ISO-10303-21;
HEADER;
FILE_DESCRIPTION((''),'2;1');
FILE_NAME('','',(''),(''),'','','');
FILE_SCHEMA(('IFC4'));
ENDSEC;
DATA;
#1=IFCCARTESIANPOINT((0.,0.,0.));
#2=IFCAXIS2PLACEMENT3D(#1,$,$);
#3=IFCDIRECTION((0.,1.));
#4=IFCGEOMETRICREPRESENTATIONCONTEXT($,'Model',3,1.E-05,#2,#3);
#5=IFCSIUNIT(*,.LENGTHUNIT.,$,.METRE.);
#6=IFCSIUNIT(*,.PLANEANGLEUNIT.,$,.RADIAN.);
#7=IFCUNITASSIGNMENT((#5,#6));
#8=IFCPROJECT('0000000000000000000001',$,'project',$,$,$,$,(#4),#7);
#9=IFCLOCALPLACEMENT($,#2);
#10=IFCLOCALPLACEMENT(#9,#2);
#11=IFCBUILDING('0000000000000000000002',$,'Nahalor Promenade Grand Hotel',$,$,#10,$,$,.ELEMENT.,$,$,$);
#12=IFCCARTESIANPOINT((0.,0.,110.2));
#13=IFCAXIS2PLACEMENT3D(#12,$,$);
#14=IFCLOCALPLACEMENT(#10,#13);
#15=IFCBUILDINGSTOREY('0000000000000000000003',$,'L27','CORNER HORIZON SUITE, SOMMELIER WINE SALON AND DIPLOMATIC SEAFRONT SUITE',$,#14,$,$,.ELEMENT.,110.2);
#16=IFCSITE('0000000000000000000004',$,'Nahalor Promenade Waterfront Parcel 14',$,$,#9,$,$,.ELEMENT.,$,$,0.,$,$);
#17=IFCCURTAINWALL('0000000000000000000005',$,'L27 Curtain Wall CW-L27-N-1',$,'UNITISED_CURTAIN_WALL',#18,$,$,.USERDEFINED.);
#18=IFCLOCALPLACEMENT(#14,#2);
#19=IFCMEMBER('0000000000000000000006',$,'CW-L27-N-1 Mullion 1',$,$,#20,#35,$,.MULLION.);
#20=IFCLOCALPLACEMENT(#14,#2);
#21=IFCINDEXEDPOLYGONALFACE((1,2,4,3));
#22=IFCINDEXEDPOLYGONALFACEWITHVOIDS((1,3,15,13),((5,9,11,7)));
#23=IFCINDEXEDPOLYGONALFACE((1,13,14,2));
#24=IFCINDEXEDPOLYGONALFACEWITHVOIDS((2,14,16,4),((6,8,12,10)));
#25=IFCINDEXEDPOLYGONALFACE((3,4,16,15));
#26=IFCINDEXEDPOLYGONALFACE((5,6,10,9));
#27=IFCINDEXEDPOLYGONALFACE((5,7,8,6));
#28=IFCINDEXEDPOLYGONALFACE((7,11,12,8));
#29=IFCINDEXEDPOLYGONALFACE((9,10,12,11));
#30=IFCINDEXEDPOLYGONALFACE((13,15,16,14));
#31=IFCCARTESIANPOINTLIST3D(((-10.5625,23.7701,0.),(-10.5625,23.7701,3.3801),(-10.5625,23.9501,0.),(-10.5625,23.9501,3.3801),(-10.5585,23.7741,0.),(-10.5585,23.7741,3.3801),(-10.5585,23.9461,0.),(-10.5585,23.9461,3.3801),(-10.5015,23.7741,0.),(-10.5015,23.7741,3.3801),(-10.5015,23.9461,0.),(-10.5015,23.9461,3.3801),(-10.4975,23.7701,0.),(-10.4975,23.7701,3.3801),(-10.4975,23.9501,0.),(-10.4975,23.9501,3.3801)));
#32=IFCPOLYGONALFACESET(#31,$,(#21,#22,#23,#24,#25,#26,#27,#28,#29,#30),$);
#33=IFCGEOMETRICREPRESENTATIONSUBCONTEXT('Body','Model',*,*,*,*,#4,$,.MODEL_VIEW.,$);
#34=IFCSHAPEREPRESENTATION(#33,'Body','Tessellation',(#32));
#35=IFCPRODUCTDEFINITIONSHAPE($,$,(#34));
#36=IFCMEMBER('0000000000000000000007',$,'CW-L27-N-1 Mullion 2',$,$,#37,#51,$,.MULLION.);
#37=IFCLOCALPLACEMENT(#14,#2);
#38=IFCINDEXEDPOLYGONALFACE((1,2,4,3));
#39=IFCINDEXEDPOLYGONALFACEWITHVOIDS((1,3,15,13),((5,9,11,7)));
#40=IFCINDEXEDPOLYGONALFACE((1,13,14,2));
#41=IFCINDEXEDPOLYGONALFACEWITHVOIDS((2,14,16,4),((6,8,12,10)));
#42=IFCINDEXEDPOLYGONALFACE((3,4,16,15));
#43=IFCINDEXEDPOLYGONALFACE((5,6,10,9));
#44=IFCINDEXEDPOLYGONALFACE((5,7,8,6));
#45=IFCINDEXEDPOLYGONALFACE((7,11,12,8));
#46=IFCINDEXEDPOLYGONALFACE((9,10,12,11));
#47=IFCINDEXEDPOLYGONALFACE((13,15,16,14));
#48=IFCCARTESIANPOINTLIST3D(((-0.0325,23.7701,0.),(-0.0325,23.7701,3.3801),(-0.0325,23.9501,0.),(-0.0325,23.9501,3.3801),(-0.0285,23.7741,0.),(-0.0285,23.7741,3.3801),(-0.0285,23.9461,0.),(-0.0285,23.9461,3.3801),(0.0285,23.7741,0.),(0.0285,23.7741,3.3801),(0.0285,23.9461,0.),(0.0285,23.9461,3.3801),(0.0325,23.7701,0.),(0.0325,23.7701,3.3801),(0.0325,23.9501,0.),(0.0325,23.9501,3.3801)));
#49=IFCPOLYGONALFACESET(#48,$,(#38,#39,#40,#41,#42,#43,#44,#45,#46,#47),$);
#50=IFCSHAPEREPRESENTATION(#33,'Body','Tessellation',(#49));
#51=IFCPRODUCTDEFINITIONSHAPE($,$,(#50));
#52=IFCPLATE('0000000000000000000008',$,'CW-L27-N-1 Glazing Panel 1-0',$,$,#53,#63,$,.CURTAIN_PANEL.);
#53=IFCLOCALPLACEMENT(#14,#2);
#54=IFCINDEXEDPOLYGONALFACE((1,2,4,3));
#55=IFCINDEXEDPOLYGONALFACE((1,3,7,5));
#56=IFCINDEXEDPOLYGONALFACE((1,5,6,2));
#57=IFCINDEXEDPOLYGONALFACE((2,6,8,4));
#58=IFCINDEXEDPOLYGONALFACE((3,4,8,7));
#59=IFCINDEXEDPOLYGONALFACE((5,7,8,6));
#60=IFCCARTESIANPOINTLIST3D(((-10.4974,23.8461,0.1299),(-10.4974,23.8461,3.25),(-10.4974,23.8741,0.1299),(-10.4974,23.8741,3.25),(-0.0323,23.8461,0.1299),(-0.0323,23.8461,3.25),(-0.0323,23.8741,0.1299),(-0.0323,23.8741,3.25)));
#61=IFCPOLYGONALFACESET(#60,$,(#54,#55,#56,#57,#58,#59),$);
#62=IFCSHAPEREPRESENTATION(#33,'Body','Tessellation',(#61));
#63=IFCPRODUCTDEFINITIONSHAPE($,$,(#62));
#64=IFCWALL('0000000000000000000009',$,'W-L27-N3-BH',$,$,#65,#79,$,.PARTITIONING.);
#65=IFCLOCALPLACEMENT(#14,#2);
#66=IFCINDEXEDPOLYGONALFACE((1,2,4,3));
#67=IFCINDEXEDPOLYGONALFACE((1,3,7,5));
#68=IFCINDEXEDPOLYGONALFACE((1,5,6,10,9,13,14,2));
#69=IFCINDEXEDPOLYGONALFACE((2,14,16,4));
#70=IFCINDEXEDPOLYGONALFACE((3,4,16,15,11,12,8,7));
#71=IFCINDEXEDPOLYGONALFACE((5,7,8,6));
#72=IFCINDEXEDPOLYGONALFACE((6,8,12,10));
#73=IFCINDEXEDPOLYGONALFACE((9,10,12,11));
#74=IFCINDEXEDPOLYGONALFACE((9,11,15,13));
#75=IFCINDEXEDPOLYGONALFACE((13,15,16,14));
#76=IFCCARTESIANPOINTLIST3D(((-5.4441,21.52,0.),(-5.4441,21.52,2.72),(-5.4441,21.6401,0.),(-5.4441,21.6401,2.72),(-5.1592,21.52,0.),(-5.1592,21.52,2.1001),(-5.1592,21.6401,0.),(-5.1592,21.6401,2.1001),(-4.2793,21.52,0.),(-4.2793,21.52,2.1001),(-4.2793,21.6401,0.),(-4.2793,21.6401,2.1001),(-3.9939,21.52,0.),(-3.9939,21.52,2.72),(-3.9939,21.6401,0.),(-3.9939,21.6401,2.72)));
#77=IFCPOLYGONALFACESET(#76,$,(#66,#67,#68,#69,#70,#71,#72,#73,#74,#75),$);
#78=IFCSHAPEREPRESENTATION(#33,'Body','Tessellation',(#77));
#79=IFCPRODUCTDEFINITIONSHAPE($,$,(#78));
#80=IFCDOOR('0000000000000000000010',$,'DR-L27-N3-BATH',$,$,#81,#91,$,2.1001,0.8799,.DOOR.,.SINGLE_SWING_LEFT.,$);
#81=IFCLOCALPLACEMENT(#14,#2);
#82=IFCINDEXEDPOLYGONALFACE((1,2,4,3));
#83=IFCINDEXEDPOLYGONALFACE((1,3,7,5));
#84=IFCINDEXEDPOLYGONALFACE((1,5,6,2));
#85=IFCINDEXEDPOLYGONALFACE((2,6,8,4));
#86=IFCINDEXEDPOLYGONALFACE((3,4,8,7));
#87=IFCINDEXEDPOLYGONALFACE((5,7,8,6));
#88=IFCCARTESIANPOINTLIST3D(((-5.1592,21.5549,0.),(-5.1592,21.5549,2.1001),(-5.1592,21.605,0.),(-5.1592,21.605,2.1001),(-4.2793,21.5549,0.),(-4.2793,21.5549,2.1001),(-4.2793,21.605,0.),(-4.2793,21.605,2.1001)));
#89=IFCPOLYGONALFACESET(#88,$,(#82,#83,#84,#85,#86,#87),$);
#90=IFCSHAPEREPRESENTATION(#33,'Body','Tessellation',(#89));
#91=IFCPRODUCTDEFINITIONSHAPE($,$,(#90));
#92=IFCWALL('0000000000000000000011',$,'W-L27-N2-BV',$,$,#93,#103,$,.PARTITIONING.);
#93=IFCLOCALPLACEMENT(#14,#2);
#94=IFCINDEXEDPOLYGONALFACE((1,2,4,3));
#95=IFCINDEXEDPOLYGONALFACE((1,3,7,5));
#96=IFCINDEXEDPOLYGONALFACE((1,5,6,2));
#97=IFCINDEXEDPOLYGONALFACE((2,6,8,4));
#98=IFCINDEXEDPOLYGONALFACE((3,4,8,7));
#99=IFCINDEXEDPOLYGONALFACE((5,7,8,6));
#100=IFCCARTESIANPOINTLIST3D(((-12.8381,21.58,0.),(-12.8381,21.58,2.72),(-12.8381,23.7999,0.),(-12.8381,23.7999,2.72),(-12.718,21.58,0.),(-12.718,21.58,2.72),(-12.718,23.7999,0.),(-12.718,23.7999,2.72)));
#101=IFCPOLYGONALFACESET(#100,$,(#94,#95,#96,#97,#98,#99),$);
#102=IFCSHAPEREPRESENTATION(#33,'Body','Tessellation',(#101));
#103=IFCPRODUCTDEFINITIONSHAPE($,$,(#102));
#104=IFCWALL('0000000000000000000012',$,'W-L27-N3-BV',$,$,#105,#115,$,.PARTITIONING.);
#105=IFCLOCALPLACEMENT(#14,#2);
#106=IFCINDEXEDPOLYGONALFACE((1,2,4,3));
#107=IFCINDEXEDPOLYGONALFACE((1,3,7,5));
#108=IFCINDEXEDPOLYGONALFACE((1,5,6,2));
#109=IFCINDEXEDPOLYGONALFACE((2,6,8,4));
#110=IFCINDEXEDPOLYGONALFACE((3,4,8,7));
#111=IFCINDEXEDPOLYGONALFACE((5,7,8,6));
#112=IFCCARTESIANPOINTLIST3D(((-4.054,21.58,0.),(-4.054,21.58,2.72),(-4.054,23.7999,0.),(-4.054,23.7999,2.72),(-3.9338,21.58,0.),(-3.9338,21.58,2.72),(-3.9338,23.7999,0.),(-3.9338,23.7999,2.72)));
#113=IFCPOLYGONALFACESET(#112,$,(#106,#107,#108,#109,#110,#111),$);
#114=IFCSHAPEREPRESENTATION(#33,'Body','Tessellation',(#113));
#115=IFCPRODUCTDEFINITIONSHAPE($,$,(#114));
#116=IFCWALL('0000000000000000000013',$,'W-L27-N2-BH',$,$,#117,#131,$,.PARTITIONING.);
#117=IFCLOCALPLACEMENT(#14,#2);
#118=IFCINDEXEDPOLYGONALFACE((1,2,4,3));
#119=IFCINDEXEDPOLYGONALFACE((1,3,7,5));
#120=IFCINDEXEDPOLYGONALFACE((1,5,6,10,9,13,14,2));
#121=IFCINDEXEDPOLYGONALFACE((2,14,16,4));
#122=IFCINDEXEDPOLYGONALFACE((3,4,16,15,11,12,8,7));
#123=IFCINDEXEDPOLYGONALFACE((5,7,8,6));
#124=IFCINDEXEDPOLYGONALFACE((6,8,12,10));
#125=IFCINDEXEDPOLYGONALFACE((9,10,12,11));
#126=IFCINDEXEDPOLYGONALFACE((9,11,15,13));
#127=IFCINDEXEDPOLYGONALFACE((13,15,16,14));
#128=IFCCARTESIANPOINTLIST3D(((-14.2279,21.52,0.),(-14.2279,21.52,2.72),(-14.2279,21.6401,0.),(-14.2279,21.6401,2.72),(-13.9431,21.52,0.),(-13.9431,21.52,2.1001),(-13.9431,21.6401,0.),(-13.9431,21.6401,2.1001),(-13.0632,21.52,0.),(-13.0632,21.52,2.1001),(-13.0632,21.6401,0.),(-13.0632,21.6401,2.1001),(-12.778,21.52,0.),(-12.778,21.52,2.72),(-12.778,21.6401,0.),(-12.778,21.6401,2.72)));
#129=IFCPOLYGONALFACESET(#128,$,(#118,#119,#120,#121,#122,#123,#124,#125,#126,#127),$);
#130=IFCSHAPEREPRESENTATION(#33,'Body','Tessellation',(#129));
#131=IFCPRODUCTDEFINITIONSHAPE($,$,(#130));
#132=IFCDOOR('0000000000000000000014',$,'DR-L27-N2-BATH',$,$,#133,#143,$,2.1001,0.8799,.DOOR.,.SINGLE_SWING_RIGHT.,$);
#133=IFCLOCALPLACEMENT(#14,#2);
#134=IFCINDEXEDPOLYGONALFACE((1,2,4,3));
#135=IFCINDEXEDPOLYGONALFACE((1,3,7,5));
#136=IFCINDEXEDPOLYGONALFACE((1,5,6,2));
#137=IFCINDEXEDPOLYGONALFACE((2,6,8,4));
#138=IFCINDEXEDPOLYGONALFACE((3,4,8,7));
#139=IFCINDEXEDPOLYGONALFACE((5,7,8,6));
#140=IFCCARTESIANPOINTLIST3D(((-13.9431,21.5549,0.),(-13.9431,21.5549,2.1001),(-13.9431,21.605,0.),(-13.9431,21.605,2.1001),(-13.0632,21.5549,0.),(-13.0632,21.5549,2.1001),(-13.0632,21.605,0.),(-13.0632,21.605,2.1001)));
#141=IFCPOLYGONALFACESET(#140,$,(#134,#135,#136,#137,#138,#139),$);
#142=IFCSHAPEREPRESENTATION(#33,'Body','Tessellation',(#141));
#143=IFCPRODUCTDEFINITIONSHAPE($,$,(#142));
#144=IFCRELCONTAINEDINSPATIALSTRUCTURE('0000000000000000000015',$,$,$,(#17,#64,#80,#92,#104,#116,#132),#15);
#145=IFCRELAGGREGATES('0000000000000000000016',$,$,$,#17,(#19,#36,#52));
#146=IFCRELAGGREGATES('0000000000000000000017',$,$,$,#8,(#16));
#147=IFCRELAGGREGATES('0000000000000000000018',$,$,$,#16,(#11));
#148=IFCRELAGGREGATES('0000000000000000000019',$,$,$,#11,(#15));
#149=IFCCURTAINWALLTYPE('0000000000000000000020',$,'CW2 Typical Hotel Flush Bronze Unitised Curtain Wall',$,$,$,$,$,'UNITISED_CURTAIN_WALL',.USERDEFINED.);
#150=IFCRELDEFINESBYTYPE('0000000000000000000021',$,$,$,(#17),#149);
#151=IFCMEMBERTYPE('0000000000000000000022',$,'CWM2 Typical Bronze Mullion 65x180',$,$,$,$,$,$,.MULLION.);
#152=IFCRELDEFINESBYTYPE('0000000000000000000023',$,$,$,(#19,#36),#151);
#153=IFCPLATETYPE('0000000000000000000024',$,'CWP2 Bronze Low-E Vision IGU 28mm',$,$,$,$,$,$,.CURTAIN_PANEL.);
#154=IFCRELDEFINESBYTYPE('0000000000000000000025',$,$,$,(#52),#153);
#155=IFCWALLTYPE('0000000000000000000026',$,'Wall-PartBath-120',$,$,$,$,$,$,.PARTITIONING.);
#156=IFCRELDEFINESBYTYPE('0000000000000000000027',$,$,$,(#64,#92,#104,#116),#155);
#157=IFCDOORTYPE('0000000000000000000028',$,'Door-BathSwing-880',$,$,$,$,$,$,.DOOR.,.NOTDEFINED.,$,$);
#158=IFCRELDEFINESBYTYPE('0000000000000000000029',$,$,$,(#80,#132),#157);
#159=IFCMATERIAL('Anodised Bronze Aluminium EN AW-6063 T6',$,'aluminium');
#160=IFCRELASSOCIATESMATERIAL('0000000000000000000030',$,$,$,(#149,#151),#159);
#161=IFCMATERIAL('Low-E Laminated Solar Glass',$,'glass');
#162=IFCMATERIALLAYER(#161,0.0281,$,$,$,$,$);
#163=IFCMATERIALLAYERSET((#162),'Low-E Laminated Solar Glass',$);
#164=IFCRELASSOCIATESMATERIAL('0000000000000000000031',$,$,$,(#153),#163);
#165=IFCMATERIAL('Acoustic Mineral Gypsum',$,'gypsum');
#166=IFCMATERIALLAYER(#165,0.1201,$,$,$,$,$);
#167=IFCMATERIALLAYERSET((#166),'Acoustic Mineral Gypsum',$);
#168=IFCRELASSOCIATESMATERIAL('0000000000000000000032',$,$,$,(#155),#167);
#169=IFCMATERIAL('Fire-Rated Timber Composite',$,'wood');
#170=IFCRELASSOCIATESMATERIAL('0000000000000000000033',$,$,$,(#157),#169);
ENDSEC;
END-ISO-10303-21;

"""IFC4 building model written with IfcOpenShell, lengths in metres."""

from ifc_helpers import new_model, si_unit, direction, frame, frame_2d, origin, origin_2d, place, context, subcontext, project, spatial, rectangle, hollow_rectangle, extrude, source, transform, mapped, material, layer, layer_set, material_profile, profile_set, type_object, element, fill, aggregate, save


model = new_model("IFC4")

# Units and contexts
model_context = context("Model", 3, precision=1e-05, world=origin(), true_north=direction((0.0, 1.0)))
body_context = subcontext(model_context, "Body", "Model", "MODEL_VIEW")
ifc_project = project(units=[si_unit("LENGTHUNIT", "METRE"), si_unit("PLANEANGLEUNIT", "RADIAN")], contexts=[model_context])

# Site, building, storey
site_placement = place(None, origin())
site = spatial("IfcSite", under=ifc_project, at=site_placement, Name="Nahalor Promenade Waterfront Parcel 14", CompositionType="ELEMENT", RefElevation=0.0)
building_placement = place(site_placement, origin())
building = spatial("IfcBuilding", under=site, at=building_placement, Name="Nahalor Promenade Grand Hotel", CompositionType="ELEMENT")
storey_placement = place(building_placement, frame((0.0, 0.0, 110.2)))
storey = spatial("IfcBuildingStorey", under=building, at=storey_placement, Name="L27", Description="CORNER HORIZON SUITE, SOMMELIER WINE SALON AND DIPLOMATIC SEAFRONT SUITE", CompositionType="ELEMENT", Elevation=110.2)

# Curtain wall, members, plate
ifc_material_1 = material(Name="Anodised Bronze Aluminium EN AW-6063 T6", Category="aluminium")
curtain_wall_type = type_object("IfcCurtainWallType", Name="CW2 Typical Hotel Flush Bronze Unitised Curtain Wall", ElementType="UNITISED_CURTAIN_WALL", PredefinedType="USERDEFINED", material=ifc_material_1)
curtain_wall_placement = place(storey_placement, origin())
curtain_wall = element("IfcCurtainWall", 1, at=curtain_wall_placement, inside=storey, type_object=curtain_wall_type, Name="L27 Curtain Wall CW-L27-N-1", ObjectType="UNITISED_CURTAIN_WALL", PredefinedType="USERDEFINED")
ifc_material_profile_1 = material_profile(ifc_material_1, hollow_rectangle(XDim=0.065, YDim=0.18, WallThickness=0.004, at=origin_2d()), Name="CWM 65x180x4")
ifc_profile_set_1 = profile_set([ifc_material_profile_1], Name="Anodised Bronze Aluminium EN AW-6063 T6")
member_type_1 = type_object("IfcMemberType", Name="CWM2 Typical Bronze Mullion 65x180", PredefinedType="MULLION", material=ifc_profile_set_1)
shared_shape_1 = source(origin(), body_context, "Body", "SweptSolid", [
    extrude(hollow_rectangle(XDim=0.065, YDim=0.18, WallThickness=0.004, at=origin_2d()), origin(), (0.0, 0.0, 1.0), 3.3801),
])
member_1_placement = place(storey_placement, frame((-10.53, 23.8601, 0.0), z_axis=(0.0, 0.0, 1.0), x_axis=(1.0, 0.0, 0.0)))
member_1 = element("IfcMember", 2, at=member_1_placement, type_object=member_type_1, Name="CW-L27-N-1 Mullion 1", PredefinedType="MULLION", context=body_context, shape_type="MappedRepresentation", body=[
    mapped(shared_shape_1, transform((0.0, 0.0, 0.0), scale=1.0)),
])
member_2_placement = place(storey_placement, frame((0.0, 23.8601, 0.0), z_axis=(0.0, 0.0, 1.0), x_axis=(1.0, 0.0, 0.0)))
member_2 = element("IfcMember", 3, at=member_2_placement, type_object=member_type_1, Name="CW-L27-N-1 Mullion 2", PredefinedType="MULLION", context=body_context, shape_type="MappedRepresentation", body=[
    mapped(shared_shape_1, transform((0.0, 0.0, 0.0), scale=1.0)),
])
ifc_material_2 = material(Name="Low-E Laminated Solar Glass", Category="glass")
ifc_layer_1 = layer(ifc_material_2, 0.0281)
ifc_layer_set_1 = layer_set([ifc_layer_1], Name="Low-E Laminated Solar Glass")
plate_type = type_object("IfcPlateType", Name="CWP2 Bronze Low-E Vision IGU 28mm", PredefinedType="CURTAIN_PANEL", material=ifc_layer_set_1)
shared_shape_2 = source(origin(), body_context, "Body", "SweptSolid", [
    extrude(rectangle(XDim=10.4651, YDim=0.0281, at=origin_2d()), origin(), (0.0, 0.0, 1.0), 3.1201),
])
plate_placement = place(storey_placement, frame((-5.2649, 23.8601, 0.1299), z_axis=(0.0, 0.0, 1.0), x_axis=(1.0, 0.0, 0.0)))
plate = element("IfcPlate", 4, at=plate_placement, type_object=plate_type, Name="CW-L27-N-1 Glazing Panel 1-0", PredefinedType="CURTAIN_PANEL", context=body_context, shape_type="MappedRepresentation", body=[
    mapped(shared_shape_2, transform((0.0, 0.0, 0.0), scale=1.0)),
])
aggregate(curtain_wall, [member_1, member_2, plate])

# Wall, opening, door
ifc_material_3 = material(Name="Acoustic Mineral Gypsum", Category="gypsum")
ifc_layer_2 = layer(ifc_material_3, 0.1201)
ifc_layer_set_2 = layer_set([ifc_layer_2], Name="Acoustic Mineral Gypsum")
wall_type = type_object("IfcWallType", Name="Wall-PartBath-120", PredefinedType="PARTITIONING", material=ifc_layer_set_2)
shared_shape_3 = source(origin(), body_context, "Body", "SweptSolid", [
    extrude(rectangle(XDim=1.4502, YDim=0.1201, at=frame_2d((0.7251, 0.0))), origin(), (0.0, 0.0, 1.0), 2.72),
])
wall_1_placement = place(storey_placement, frame((-5.4441, 21.5801, 0.0), z_axis=(0.0, 0.0, 1.0), x_axis=(1.0, 0.0, 0.0)))
wall_1 = element("IfcWall", 5, at=wall_1_placement, inside=storey, type_object=wall_type, Name="W-L27-N3-BH", PredefinedType="PARTITIONING", context=body_context, shape_type="MappedRepresentation", body=[
    mapped(shared_shape_3, transform((0.0, 0.0, 0.0), scale=1.0)),
])
opening_1_placement = place(wall_1_placement, frame((0.2849, 0.0, 0.0)))
opening_1 = element("IfcOpeningElement", 6, at=opening_1_placement, cuts=wall_1, PredefinedType="OPENING", context=body_context, shape_type="SweptSolid", body=[
    extrude(rectangle(XDim=0.8799, YDim=2.1001, at=frame_2d((0.4399, 1.05))), frame((0.0, 0.0701, 0.0), z_axis=(0.0, -1.0, 0.0), x_axis=(1.0, 0.0, 0.0)), (0.0, 0.0, 1.0), 0.1401),
])
ifc_material_4 = material(Name="Fire-Rated Timber Composite", Category="wood")
door_type = type_object("IfcDoorType", Name="Door-BathSwing-880", OperationType="NOTDEFINED", PredefinedType="DOOR", material=ifc_material_4)
shared_shape_4 = source(origin(), body_context, "Body", "SweptSolid", [
    extrude(rectangle(XDim=0.8799, YDim=2.1001, at=frame_2d((0.4399, 1.05))), frame((0.0, 0.0249, 0.0), z_axis=(0.0, -1.0, 0.0), x_axis=(1.0, 0.0, 0.0)), (0.0, 0.0, 1.0), 0.05),
])
door_1_placement = place(opening_1_placement, origin())
door_1 = element("IfcDoor", 7, at=door_1_placement, inside=storey, type_object=door_type, Name="DR-L27-N3-BATH", OperationType="SINGLE_SWING_LEFT", OverallHeight=2.1001, OverallWidth=0.8799, PredefinedType="DOOR", context=body_context, shape_type="MappedRepresentation", body=[
    mapped(shared_shape_4, transform((0.0, 0.0, 0.0), scale=1.0)),
])
fill(opening_1, door_1)

# Walls
shared_shape_5 = source(origin(), body_context, "Body", "SweptSolid", [
    extrude(rectangle(XDim=2.22, YDim=0.1201, at=frame_2d((1.1099, 0.0))), origin(), (0.0, 0.0, 1.0), 2.72),
])
for number, where, z_axis, x_axis, name in (
    (8, (-12.7781, 21.5801, 0.0), (0.0, 0.0, 1.0), (0.0, 1.0, 0.0), "W-L27-N2-BV"),
    (9, (-3.9939, 21.5801, 0.0), (0.0, 0.0, 1.0), (0.0, 1.0, 0.0), "W-L27-N3-BV"),
):
    element("IfcWall", number, at=place(storey_placement, frame(where, z_axis=z_axis, x_axis=x_axis)), inside=storey, type_object=wall_type, Name=name, PredefinedType="PARTITIONING", context=body_context, shape_type="MappedRepresentation", body=[
        mapped(shared_shape_5, transform((0.0, 0.0, 0.0), scale=1.0)),
    ])

# Wall, opening, door
shared_shape_6 = source(origin(), body_context, "Body", "SweptSolid", [
    extrude(rectangle(XDim=1.45, YDim=0.1201, at=frame_2d((0.7251, 0.0))), origin(), (0.0, 0.0, 1.0), 2.72),
])
wall_2_placement = place(storey_placement, frame((-14.228, 21.5801, 0.0), z_axis=(0.0, 0.0, 1.0), x_axis=(1.0, 0.0, 0.0)))
wall_2 = element("IfcWall", 10, at=wall_2_placement, inside=storey, type_object=wall_type, Name="W-L27-N2-BH", PredefinedType="PARTITIONING", context=body_context, shape_type="MappedRepresentation", body=[
    mapped(shared_shape_6, transform((0.0, 0.0, 0.0), scale=1.0)),
])
opening_2_placement = place(wall_2_placement, frame((0.2849, 0.0, 0.0)))
opening_2 = element("IfcOpeningElement", 11, at=opening_2_placement, cuts=wall_2, PredefinedType="OPENING", context=body_context, shape_type="SweptSolid", body=[
    extrude(rectangle(XDim=0.8799, YDim=2.1001, at=frame_2d((0.4399, 1.05))), frame((0.0, 0.0701, 0.0), z_axis=(0.0, -1.0, 0.0), x_axis=(1.0, 0.0, 0.0)), (0.0, 0.0, 1.0), 0.1401),
])
door_2_placement = place(opening_2_placement, origin())
door_2 = element("IfcDoor", 12, at=door_2_placement, inside=storey, type_object=door_type, Name="DR-L27-N2-BATH", OperationType="SINGLE_SWING_RIGHT", OverallHeight=2.1001, OverallWidth=0.8799, PredefinedType="DOOR", context=body_context, shape_type="MappedRepresentation", body=[
    mapped(shared_shape_4, transform((0.0, 0.0, 0.0), scale=1.0)),
])
fill(opening_2, door_2)

save(model, "model.ifc")
